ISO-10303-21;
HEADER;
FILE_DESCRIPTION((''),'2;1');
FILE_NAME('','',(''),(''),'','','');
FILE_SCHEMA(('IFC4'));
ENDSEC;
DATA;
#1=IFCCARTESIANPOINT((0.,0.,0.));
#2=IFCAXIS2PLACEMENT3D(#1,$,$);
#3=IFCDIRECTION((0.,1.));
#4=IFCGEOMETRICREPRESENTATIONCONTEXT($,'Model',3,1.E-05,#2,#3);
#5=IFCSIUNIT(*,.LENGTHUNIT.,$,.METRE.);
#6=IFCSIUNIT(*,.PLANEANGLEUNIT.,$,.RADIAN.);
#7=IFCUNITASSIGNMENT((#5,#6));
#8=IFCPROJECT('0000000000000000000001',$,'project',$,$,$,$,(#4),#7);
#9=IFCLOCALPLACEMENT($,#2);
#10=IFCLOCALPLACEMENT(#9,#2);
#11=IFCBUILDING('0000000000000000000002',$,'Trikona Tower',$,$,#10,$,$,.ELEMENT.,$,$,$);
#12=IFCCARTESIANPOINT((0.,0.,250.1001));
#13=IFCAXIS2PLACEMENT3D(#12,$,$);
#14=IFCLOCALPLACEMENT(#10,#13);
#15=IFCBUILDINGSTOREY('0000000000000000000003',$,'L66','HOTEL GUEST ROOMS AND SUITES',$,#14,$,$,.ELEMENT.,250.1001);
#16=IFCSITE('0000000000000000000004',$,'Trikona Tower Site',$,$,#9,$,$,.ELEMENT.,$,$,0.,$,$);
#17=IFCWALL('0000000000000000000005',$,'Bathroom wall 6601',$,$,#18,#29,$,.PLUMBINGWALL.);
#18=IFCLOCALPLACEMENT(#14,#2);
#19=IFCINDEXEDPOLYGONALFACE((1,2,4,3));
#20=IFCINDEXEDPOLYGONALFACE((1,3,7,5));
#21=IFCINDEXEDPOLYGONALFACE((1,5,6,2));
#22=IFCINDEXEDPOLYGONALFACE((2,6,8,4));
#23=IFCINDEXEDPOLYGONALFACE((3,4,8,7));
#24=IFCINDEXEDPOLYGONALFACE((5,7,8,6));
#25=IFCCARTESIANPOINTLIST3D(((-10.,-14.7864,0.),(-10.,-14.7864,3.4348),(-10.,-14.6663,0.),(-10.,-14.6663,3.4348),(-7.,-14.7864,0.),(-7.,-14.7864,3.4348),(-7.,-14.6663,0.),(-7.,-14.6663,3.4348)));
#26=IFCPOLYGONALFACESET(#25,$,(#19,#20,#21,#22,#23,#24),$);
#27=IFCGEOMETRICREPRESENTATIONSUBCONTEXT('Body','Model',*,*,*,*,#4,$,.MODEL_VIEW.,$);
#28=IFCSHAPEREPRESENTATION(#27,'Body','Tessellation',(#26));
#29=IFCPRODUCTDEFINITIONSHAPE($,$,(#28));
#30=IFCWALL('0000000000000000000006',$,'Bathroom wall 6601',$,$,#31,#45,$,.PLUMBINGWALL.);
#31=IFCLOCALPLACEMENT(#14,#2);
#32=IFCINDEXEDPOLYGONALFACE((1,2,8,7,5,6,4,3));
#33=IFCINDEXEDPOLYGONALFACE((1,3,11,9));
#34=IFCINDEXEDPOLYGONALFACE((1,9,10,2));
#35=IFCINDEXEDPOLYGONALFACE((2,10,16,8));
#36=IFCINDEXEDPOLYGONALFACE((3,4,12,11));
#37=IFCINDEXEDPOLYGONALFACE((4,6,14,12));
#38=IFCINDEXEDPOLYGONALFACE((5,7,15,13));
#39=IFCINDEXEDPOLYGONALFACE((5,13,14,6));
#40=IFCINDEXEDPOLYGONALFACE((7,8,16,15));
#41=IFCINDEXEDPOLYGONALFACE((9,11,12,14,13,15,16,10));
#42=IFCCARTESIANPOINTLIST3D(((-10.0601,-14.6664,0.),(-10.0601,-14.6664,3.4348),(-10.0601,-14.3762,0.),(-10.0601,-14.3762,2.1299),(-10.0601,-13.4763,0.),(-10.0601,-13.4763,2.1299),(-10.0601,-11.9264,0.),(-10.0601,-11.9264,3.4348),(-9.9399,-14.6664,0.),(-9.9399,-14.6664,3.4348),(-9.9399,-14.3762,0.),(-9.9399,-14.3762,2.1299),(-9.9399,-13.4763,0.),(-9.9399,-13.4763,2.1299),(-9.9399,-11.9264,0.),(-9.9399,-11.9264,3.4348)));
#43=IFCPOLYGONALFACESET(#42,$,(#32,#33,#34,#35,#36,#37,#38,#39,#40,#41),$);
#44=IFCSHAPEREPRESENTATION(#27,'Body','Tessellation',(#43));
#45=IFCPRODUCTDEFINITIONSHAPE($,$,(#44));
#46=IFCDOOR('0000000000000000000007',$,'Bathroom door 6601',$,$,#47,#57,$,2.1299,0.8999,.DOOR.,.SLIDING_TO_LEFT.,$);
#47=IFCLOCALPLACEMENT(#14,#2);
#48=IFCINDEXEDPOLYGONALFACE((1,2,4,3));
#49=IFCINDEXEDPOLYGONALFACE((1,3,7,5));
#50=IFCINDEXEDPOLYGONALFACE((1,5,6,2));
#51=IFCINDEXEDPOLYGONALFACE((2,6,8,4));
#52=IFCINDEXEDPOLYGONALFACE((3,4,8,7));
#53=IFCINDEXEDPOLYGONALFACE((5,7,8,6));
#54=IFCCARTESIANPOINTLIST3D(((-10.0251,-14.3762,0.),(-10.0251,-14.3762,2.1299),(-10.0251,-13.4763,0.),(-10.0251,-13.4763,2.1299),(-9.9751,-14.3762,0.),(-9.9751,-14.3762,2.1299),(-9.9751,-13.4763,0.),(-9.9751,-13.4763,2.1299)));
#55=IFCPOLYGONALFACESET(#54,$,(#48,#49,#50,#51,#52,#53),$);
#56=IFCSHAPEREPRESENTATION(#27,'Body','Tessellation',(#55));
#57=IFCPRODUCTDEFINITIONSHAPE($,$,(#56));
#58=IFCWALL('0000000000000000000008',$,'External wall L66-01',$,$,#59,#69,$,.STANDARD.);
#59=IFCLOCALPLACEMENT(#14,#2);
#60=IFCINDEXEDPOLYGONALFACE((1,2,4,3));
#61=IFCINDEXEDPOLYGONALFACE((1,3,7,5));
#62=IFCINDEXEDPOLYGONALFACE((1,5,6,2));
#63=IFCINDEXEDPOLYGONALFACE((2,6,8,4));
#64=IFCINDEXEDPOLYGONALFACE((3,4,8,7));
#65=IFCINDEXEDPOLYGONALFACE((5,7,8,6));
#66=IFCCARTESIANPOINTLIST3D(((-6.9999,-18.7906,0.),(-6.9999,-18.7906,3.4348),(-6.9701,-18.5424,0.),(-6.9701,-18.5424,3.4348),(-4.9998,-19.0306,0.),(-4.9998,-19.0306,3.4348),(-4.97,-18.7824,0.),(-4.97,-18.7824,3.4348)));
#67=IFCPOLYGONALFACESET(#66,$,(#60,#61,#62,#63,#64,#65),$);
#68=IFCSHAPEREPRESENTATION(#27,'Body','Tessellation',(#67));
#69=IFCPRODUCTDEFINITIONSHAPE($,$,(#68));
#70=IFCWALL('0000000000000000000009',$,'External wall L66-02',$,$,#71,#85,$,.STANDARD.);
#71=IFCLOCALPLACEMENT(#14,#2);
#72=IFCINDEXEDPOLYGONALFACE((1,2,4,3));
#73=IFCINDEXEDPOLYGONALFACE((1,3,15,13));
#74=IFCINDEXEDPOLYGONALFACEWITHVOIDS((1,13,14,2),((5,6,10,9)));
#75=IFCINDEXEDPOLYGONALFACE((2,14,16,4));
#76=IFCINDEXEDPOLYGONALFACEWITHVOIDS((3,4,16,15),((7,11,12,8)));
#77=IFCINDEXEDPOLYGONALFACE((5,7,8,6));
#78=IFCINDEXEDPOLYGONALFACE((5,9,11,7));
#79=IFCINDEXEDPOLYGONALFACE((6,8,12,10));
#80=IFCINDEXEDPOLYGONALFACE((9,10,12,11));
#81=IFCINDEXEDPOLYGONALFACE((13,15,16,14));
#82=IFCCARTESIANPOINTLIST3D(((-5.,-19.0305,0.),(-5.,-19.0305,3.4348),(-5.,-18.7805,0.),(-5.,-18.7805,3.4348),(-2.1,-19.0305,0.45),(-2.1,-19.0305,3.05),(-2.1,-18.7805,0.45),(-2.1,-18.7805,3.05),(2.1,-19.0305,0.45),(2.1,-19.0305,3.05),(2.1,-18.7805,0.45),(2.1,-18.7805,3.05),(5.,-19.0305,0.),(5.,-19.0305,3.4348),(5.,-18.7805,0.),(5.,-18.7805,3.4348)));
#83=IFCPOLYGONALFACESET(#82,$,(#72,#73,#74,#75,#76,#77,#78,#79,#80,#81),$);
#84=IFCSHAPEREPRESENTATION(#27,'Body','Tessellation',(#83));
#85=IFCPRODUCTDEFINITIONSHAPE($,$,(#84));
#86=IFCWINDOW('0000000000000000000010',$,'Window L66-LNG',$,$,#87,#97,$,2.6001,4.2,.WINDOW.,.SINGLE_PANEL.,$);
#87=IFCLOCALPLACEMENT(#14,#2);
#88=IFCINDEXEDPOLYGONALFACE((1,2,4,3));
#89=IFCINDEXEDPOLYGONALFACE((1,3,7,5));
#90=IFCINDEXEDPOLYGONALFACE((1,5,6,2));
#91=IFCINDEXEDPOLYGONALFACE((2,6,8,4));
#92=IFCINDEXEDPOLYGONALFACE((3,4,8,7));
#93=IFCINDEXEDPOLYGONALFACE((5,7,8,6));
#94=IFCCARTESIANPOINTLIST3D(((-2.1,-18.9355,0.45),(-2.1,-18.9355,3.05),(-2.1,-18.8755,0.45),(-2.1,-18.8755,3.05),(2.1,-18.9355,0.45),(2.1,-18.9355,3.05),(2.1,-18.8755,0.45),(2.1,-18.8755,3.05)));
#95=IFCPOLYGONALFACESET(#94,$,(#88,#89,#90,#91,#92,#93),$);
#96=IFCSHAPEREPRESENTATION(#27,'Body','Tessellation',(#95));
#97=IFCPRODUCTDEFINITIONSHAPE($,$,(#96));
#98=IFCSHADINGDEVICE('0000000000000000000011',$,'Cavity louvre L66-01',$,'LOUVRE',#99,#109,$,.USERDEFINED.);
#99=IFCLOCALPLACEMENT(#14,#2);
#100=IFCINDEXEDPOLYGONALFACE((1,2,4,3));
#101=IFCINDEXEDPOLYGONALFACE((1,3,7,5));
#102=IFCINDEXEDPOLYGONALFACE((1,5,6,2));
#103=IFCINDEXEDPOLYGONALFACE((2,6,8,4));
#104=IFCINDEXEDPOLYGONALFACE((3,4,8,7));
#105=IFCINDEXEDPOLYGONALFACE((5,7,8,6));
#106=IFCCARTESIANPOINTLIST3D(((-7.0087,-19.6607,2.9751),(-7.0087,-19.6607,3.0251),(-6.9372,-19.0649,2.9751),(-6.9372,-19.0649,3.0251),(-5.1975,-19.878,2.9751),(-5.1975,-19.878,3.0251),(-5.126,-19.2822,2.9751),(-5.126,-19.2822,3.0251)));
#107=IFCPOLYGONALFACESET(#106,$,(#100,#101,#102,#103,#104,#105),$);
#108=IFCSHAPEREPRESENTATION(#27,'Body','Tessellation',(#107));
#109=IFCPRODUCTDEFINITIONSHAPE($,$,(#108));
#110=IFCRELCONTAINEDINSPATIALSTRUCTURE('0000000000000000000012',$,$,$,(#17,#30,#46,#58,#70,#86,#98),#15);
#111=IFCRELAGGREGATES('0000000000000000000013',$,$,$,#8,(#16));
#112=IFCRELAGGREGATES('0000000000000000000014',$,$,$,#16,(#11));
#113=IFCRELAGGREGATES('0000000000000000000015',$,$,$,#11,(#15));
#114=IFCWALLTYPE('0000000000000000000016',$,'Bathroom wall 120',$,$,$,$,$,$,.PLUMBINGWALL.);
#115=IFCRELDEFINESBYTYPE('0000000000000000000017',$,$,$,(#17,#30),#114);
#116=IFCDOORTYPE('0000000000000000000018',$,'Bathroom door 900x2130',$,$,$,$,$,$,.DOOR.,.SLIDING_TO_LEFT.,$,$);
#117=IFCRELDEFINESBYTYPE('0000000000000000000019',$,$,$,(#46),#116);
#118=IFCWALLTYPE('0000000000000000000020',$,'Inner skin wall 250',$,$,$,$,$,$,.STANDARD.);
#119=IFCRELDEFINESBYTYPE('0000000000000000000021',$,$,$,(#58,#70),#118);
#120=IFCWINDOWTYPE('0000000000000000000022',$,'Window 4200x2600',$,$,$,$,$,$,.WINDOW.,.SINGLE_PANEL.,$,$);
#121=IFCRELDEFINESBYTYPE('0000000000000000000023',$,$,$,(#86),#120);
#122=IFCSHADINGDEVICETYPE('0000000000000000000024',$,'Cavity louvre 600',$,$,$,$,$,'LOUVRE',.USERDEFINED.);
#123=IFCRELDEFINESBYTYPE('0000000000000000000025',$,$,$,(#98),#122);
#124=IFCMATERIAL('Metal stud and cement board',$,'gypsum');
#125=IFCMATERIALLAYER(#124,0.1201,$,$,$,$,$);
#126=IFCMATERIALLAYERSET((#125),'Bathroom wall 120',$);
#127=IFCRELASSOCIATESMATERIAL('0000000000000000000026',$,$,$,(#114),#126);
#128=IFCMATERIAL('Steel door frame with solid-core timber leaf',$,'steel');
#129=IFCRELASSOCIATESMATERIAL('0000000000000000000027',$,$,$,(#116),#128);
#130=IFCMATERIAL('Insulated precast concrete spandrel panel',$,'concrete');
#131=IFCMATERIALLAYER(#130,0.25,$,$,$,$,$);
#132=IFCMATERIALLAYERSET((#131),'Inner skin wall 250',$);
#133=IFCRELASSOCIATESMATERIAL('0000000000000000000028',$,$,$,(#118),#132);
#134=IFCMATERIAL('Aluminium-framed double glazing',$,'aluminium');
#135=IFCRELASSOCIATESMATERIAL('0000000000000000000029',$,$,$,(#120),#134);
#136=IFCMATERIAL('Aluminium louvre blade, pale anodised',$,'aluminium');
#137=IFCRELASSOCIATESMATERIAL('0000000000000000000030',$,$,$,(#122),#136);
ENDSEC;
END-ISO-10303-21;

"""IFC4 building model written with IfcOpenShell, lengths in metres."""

from ifc_helpers import new_model, si_unit, direction, frame, frame_2d, origin, origin_2d, place, context, subcontext, project, spatial, rectangle, extrude, material, layer, layer_set, type_object, element, fill, save


model = new_model("IFC4")

# Units and contexts
model_context = context("Model", 3, precision=1e-05, world=origin(), true_north=direction((0.0, 1.0)))
body_context = subcontext(model_context, "Body", "Model", "MODEL_VIEW")
ifc_project = project(units=[si_unit("LENGTHUNIT", "METRE"), si_unit("PLANEANGLEUNIT", "RADIAN")], contexts=[model_context])

# Site, building, storey
site_placement = place(None, origin())
site = spatial("IfcSite", under=ifc_project, at=site_placement, Name="Trikona Tower Site", CompositionType="ELEMENT", RefElevation=0.0)
building_placement = place(site_placement, origin())
building = spatial("IfcBuilding", under=site, at=building_placement, Name="Trikona Tower", CompositionType="ELEMENT")
storey_placement = place(building_placement, frame((0.0, 0.0, 250.1001)))
storey = spatial("IfcBuildingStorey", under=building, at=storey_placement, Name="L66", Description="HOTEL GUEST ROOMS AND SUITES", CompositionType="ELEMENT", Elevation=250.1001)

# Wall
ifc_material_1 = material(Name="Metal stud and cement board", Category="gypsum")
ifc_layer_1 = layer(ifc_material_1, 0.1201)
ifc_layer_set_1 = layer_set([ifc_layer_1], Name="Bathroom wall 120")
wall_type_1 = type_object("IfcWallType", Name="Bathroom wall 120", PredefinedType="PLUMBINGWALL", material=ifc_layer_set_1)
wall_1_placement = place(storey_placement, frame((-10.0, -14.7263, 0.0), z_axis=(0.0, 0.0, 1.0), x_axis=(1.0, 0.0, 0.0)))
element("IfcWall", 1, at=wall_1_placement, inside=storey, type_object=wall_type_1, Name="Bathroom wall 6601", PredefinedType="PLUMBINGWALL", context=body_context, shape_type="SweptSolid", body=[
    extrude(rectangle(XDim=3.0, YDim=0.1201, at=frame_2d((1.5, 0.0))), origin(), (0.0, 0.0, 1.0), 3.4348),
])

# Wall, opening, door
wall_2_placement = place(storey_placement, frame((-10.0, -11.9263, 0.0), z_axis=(0.0, 0.0, 1.0), x_axis=(0.0, -1.0, 0.0)))
wall_2 = element("IfcWall", 2, at=wall_2_placement, inside=storey, type_object=wall_type_1, Name="Bathroom wall 6601", PredefinedType="PLUMBINGWALL", context=body_context, shape_type="SweptSolid", body=[
    extrude(rectangle(XDim=2.74, YDim=0.1201, at=frame_2d((1.3701, 0.0))), origin(), (0.0, 0.0, 1.0), 3.4348),
])
opening_1_placement = place(wall_2_placement, frame((1.55, 0.0, 0.0)))
opening_1 = element("IfcOpeningElement", 3, at=opening_1_placement, cuts=wall_2, PredefinedType="OPENING", context=body_context, shape_type="SweptSolid", body=[
    extrude(rectangle(XDim=0.8999, YDim=2.1299, at=frame_2d((0.45, 1.0649))), frame((0.0, 0.0701, 0.0), z_axis=(0.0, -1.0, 0.0), x_axis=(1.0, 0.0, 0.0)), (0.0, 0.0, 1.0), 0.1401),
])
ifc_material_2 = material(Name="Steel door frame with solid-core timber leaf", Category="steel")
door_type = type_object("IfcDoorType", Name="Bathroom door 900x2130", OperationType="SLIDING_TO_LEFT", PredefinedType="DOOR", material=ifc_material_2)
door_placement = place(opening_1_placement, origin())
door = element("IfcDoor", 4, at=door_placement, inside=storey, type_object=door_type, Name="Bathroom door 6601", OperationType="SLIDING_TO_LEFT", OverallHeight=2.1299, OverallWidth=0.8999, PredefinedType="DOOR", context=body_context, shape_type="SweptSolid", body=[
    extrude(rectangle(XDim=0.8999, YDim=2.1299, at=frame_2d((0.45, 1.0649))), frame((0.0, 0.0249, 0.0), z_axis=(0.0, -1.0, 0.0), x_axis=(1.0, 0.0, 0.0)), (0.0, 0.0, 1.0), 0.05),
])
fill(opening_1, door)

# Wall
ifc_material_3 = material(Name="Insulated precast concrete spandrel panel", Category="concrete")
ifc_layer_2 = layer(ifc_material_3, 0.25)
ifc_layer_set_2 = layer_set([ifc_layer_2], Name="Inner skin wall 250")
wall_type_2 = type_object("IfcWallType", Name="Inner skin wall 250", PredefinedType="STANDARD", material=ifc_layer_set_2)
wall_3_placement = place(storey_placement, frame((-6.9851, -18.6665, 0.0), z_axis=(0.0, 0.0, 1.0), x_axis=(0.992877, -0.11914, 0.0)))
element("IfcWall", 5, at=wall_3_placement, inside=storey, type_object=wall_type_2, Name="External wall L66-01", PredefinedType="STANDARD", context=body_context, shape_type="SweptSolid", body=[
    extrude(rectangle(XDim=2.0144, YDim=0.25, at=frame_2d((1.0073, 0.0))), origin(), (0.0, 0.0, 1.0), 3.4348),
])

# Wall, opening, window
wall_4_placement = place(storey_placement, frame((-5.0, -18.9055, 0.0), z_axis=(0.0, 0.0, 1.0), x_axis=(1.0, 0.0, 0.0)))
wall_4 = element("IfcWall", 6, at=wall_4_placement, inside=storey, type_object=wall_type_2, Name="External wall L66-02", PredefinedType="STANDARD", context=body_context, shape_type="SweptSolid", body=[
    extrude(rectangle(XDim=10.0, YDim=0.25, at=frame_2d((5.0, 0.0))), origin(), (0.0, 0.0, 1.0), 3.4348),
])
opening_2_placement = place(wall_4_placement, frame((2.8999, 0.0, 0.45)))
opening_2 = element("IfcOpeningElement", 7, at=opening_2_placement, cuts=wall_4, PredefinedType="OPENING", context=body_context, shape_type="SweptSolid", body=[
    extrude(rectangle(XDim=4.2, YDim=2.6001, at=frame_2d((2.1001, 1.3))), frame((0.0, 0.135, 0.0), z_axis=(0.0, -1.0, 0.0), x_axis=(1.0, 0.0, 0.0)), (0.0, 0.0, 1.0), 0.27),
])
ifc_material_4 = material(Name="Aluminium-framed double glazing", Category="aluminium")
window_type = type_object("IfcWindowType", Name="Window 4200x2600", PartitioningType="SINGLE_PANEL", PredefinedType="WINDOW", material=ifc_material_4)
window_placement = place(opening_2_placement, origin())
window = element("IfcWindow", 8, at=window_placement, inside=storey, type_object=window_type, Name="Window L66-LNG", OverallHeight=2.6001, OverallWidth=4.2, PartitioningType="SINGLE_PANEL", PredefinedType="WINDOW", context=body_context, shape_type="SweptSolid", body=[
    extrude(rectangle(XDim=4.2, YDim=2.6001, at=frame_2d((2.1001, 1.3))), frame((0.0, 0.03, 0.0), z_axis=(0.0, -1.0, 0.0), x_axis=(1.0, 0.0, 0.0)), (0.0, 0.0, 1.0), 0.0601),
])
fill(opening_2, window)

# Shading device
ifc_material_5 = material(Name="Aluminium louvre blade, pale anodised", Category="aluminium")
shading_device_type = type_object("IfcShadingDeviceType", Name="Cavity louvre 600", ElementType="LOUVRE", PredefinedType="USERDEFINED", material=ifc_material_5)
shading_device_placement = place(storey_placement, frame((-6.0674, -19.4714, 2.9751), z_axis=(0.0, 0.0, 1.0), x_axis=(0.992877, -0.119146, 0.0)))
element("IfcShadingDevice", 9, at=shading_device_placement, inside=storey, type_object=shading_device_type, Name="Cavity louvre L66-01", ObjectType="LOUVRE", PredefinedType="USERDEFINED", context=body_context, shape_type="SweptSolid", body=[
    extrude(rectangle(XDim=1.8242, YDim=0.6001, at=origin_2d()), origin(), (0.0, 0.0, 1.0), 0.05),
])

save(model, "model.ifc")
